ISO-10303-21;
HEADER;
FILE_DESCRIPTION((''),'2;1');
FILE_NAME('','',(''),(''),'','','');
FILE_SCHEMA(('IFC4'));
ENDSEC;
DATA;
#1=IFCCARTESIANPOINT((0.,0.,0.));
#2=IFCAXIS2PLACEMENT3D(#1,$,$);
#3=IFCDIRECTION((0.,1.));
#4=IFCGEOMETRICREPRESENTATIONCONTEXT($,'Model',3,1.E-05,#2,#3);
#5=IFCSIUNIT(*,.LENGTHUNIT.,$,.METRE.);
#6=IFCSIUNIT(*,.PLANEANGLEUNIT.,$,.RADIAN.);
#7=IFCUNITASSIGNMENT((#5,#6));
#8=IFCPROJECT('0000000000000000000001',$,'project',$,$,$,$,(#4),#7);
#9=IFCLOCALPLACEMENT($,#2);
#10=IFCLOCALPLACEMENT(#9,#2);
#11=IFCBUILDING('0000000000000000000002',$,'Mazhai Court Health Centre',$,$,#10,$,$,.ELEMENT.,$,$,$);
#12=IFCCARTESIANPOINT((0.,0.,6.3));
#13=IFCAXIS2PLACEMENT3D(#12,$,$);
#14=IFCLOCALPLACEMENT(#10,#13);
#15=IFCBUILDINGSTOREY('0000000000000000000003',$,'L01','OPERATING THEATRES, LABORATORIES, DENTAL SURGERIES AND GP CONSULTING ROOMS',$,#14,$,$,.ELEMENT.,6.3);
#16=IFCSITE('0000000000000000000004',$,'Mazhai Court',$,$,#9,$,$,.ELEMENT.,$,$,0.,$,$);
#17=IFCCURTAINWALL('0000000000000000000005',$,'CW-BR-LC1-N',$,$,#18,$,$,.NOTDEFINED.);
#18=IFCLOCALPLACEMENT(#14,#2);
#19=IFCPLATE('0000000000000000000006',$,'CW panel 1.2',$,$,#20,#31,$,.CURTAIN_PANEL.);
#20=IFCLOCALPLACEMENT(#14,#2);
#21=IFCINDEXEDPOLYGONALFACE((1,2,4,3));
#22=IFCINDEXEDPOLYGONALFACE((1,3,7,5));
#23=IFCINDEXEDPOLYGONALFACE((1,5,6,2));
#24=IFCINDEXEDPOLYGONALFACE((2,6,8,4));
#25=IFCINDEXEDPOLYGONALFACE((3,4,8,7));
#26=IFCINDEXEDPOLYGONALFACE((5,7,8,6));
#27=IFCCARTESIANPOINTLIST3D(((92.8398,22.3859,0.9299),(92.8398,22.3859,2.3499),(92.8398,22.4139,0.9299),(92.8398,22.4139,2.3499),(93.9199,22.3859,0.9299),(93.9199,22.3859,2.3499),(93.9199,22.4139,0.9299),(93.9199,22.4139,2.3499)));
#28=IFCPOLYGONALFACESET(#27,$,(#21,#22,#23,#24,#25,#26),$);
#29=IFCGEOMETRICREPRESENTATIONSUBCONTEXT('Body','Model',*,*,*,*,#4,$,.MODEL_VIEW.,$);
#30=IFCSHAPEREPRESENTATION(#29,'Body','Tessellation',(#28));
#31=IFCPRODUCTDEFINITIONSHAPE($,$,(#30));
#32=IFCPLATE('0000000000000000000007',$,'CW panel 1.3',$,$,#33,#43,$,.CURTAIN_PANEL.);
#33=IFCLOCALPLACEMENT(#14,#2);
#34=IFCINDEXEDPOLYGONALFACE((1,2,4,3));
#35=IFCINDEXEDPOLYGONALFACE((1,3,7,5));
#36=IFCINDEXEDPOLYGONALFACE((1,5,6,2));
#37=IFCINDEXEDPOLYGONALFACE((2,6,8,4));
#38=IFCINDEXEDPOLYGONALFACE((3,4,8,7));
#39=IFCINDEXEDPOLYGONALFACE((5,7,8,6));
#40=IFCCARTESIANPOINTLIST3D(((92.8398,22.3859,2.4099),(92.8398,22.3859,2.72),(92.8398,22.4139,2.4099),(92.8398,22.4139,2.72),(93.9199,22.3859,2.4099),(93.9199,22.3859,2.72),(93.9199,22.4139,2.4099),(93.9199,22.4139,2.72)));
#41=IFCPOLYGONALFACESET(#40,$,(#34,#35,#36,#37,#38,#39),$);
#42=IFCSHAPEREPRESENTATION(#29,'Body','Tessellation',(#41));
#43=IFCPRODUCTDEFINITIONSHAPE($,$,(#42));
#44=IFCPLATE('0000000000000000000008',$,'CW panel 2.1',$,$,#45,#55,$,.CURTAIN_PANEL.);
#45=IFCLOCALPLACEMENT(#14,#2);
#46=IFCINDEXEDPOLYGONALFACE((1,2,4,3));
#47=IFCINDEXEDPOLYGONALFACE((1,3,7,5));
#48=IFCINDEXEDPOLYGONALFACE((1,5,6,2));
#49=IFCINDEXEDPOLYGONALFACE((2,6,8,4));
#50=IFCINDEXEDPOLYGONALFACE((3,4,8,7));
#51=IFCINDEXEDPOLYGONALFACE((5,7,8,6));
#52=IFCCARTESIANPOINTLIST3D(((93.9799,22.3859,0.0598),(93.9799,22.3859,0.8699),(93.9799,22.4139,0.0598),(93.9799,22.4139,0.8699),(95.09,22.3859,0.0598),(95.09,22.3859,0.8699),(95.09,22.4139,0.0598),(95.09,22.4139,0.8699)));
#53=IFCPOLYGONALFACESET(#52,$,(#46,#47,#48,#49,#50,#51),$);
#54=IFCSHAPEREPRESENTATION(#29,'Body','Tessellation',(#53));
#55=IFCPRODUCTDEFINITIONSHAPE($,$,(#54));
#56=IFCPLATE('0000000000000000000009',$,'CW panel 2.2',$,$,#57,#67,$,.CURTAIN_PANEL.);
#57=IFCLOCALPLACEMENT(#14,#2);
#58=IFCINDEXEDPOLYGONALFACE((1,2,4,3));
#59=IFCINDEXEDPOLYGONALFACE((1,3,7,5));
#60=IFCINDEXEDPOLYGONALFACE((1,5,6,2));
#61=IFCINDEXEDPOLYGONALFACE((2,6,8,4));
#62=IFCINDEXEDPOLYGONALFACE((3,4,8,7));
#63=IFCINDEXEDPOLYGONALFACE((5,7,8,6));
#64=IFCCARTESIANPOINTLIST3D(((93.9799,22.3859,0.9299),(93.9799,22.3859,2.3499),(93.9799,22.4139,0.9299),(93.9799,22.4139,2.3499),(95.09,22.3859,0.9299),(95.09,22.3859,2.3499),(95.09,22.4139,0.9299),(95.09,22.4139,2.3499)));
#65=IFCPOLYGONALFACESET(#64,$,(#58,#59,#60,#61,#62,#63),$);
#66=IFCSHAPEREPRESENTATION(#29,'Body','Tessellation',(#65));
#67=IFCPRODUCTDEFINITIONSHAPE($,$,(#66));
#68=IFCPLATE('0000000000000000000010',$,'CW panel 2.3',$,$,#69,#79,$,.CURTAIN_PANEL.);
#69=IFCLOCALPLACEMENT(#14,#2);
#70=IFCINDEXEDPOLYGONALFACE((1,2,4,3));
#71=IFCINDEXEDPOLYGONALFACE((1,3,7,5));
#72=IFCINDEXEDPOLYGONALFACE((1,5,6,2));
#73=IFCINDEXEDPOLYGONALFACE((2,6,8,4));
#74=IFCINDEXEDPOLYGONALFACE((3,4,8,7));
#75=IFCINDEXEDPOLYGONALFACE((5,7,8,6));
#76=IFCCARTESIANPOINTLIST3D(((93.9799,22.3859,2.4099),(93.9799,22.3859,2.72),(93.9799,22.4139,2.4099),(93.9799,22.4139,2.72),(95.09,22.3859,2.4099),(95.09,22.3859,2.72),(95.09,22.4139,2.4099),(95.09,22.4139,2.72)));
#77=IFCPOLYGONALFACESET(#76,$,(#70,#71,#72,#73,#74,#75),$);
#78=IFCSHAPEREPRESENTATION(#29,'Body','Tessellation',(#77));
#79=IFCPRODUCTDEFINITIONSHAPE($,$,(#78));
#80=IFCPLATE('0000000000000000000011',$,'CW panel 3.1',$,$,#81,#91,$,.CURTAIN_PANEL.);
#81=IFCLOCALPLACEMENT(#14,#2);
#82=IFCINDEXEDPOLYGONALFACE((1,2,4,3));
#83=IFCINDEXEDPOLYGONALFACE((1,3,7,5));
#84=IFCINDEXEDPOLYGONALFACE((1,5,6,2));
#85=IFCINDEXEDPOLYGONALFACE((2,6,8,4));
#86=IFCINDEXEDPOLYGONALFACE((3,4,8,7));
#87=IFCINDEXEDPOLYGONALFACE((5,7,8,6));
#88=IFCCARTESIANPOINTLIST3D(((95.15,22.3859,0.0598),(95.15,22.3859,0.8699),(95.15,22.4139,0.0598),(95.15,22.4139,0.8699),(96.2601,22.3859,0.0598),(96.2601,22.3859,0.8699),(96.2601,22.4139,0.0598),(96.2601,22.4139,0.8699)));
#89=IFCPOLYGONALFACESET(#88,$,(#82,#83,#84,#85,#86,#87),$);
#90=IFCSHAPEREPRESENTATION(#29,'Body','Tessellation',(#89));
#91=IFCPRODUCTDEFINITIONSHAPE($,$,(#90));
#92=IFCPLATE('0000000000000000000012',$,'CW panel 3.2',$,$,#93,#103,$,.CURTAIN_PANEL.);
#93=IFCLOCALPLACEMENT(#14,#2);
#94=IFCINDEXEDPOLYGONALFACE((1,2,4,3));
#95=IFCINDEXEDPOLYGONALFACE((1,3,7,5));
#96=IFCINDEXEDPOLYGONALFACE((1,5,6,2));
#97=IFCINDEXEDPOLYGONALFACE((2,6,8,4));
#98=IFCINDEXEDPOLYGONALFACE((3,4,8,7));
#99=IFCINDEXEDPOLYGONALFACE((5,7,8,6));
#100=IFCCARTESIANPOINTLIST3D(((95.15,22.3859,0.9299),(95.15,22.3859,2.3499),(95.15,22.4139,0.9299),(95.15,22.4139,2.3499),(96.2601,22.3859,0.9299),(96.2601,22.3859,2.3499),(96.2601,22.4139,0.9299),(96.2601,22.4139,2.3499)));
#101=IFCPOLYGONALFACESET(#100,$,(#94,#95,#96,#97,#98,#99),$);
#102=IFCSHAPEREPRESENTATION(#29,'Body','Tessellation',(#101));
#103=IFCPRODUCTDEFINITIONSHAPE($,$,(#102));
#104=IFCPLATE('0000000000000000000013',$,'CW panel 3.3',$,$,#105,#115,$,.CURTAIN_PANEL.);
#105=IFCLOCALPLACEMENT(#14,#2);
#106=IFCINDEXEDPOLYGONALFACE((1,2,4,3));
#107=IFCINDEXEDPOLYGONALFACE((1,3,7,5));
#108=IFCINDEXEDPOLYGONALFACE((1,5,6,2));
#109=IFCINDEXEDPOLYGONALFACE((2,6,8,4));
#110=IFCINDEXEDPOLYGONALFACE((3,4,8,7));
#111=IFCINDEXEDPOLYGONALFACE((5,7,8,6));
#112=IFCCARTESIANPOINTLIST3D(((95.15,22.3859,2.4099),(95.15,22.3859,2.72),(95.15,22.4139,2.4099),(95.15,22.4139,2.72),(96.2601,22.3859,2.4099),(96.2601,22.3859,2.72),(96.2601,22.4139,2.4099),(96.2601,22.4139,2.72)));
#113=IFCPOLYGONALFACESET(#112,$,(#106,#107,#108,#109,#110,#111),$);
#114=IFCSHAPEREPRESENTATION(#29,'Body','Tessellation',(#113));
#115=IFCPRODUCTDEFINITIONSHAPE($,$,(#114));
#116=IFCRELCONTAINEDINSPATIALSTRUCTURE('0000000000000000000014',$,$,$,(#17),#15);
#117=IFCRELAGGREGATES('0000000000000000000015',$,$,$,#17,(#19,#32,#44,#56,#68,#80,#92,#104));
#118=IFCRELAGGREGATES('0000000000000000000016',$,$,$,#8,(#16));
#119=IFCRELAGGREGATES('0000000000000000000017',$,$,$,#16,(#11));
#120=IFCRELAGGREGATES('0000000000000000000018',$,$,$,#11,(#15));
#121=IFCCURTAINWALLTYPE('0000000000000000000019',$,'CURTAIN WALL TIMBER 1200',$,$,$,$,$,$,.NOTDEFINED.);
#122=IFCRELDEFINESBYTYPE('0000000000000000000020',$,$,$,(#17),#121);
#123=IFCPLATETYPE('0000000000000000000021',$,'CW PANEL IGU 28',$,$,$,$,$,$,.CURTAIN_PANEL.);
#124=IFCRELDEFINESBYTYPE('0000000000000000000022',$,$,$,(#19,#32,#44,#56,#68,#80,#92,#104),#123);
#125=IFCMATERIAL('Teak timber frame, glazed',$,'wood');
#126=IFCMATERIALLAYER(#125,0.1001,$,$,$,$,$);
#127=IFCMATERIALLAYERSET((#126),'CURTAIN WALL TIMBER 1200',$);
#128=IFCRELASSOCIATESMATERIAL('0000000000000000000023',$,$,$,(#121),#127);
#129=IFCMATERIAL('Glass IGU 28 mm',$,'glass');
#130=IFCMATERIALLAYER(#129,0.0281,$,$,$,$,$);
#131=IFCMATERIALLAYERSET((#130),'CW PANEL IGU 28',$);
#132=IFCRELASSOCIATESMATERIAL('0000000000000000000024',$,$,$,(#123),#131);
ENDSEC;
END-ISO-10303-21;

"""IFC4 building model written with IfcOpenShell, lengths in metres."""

from ifc_helpers import new_model, si_unit, direction, frame, origin, origin_2d, place, context, subcontext, project, spatial, rectangle, extrude, material, layer, layer_set, type_object, element, aggregate, save


model = new_model("IFC4")

# Units and contexts
model_context = context("Model", 3, precision=1e-05, world=origin(), true_north=direction((0.0, 1.0)))
body_context = subcontext(model_context, "Body", "Model", "MODEL_VIEW")
ifc_project = project(units=[si_unit("LENGTHUNIT", "METRE"), si_unit("PLANEANGLEUNIT", "RADIAN")], contexts=[model_context])

# Site, building, storey
site_placement = place(None, origin())
site = spatial("IfcSite", under=ifc_project, at=site_placement, Name="Mazhai Court", CompositionType="ELEMENT", RefElevation=0.0)
building_placement = place(site_placement, origin())
building = spatial("IfcBuilding", under=site, at=building_placement, Name="Mazhai Court Health Centre", CompositionType="ELEMENT")
storey_placement = place(building_placement, frame((0.0, 0.0, 6.3)))
storey = spatial("IfcBuildingStorey", under=building, at=storey_placement, Name="L01", Description="OPERATING THEATRES, LABORATORIES, DENTAL SURGERIES AND GP CONSULTING ROOMS", CompositionType="ELEMENT", Elevation=6.3)

# Curtain wall
ifc_material_1 = material(Name="Teak timber frame, glazed", Category="wood")
ifc_layer_1 = layer(ifc_material_1, 0.1001)
ifc_layer_set_1 = layer_set([ifc_layer_1], Name="CURTAIN WALL TIMBER 1200")
curtain_wall_type = type_object("IfcCurtainWallType", Name="CURTAIN WALL TIMBER 1200", PredefinedType="NOTDEFINED", material=ifc_layer_set_1)
curtain_wall_placement = place(storey_placement, origin())
curtain_wall = element("IfcCurtainWall", 1, at=curtain_wall_placement, inside=storey, type_object=curtain_wall_type, Name="CW-BR-LC1-N", PredefinedType="NOTDEFINED")

# Plates
ifc_material_2 = material(Name="Glass IGU 28 mm", Category="glass")
ifc_layer_2 = layer(ifc_material_2, 0.0281)
ifc_layer_set_2 = layer_set([ifc_layer_2], Name="CW PANEL IGU 28")
plate_type = type_object("IfcPlateType", Name="CW PANEL IGU 28", PredefinedType="CURTAIN_PANEL", material=ifc_layer_set_2)
plate_1_placement = place(storey_placement, frame((93.3799, 22.3999, 0.9299), z_axis=(0.0, 0.0, 1.0), x_axis=(1.0, 0.0, 0.0)))
plate_1 = element("IfcPlate", 2, at=plate_1_placement, type_object=plate_type, Name="CW panel 1.2", PredefinedType="CURTAIN_PANEL", context=body_context, shape_type="SweptSolid", body=[
    extrude(rectangle(XDim=1.0801, YDim=0.0281, at=origin_2d()), origin(), (0.0, 0.0, 1.0), 1.4199),
])
plate_2_placement = place(storey_placement, frame((93.3799, 22.3999, 2.4099), z_axis=(0.0, 0.0, 1.0), x_axis=(1.0, 0.0, 0.0)))
plate_2 = element("IfcPlate", 3, at=plate_2_placement, type_object=plate_type, Name="CW panel 1.3", PredefinedType="CURTAIN_PANEL", context=body_context, shape_type="SweptSolid", body=[
    extrude(rectangle(XDim=1.0801, YDim=0.0281, at=origin_2d()), origin(), (0.0, 0.0, 1.0), 0.3101),
])
plate_3_placement = place(storey_placement, frame((94.5349, 22.3999, 0.0598), z_axis=(0.0, 0.0, 1.0), x_axis=(1.0, 0.0, 0.0)))
plate_3 = element("IfcPlate", 4, at=plate_3_placement, type_object=plate_type, Name="CW panel 2.1", PredefinedType="CURTAIN_PANEL", context=body_context, shape_type="SweptSolid", body=[
    extrude(rectangle(XDim=1.1101, YDim=0.0281, at=origin_2d()), origin(), (0.0, 0.0, 1.0), 0.8101),
])
plate_4_placement = place(storey_placement, frame((94.5349, 22.3999, 0.9299), z_axis=(0.0, 0.0, 1.0), x_axis=(1.0, 0.0, 0.0)))
plate_4 = element("IfcPlate", 5, at=plate_4_placement, type_object=plate_type, Name="CW panel 2.2", PredefinedType="CURTAIN_PANEL", context=body_context, shape_type="SweptSolid", body=[
    extrude(rectangle(XDim=1.1101, YDim=0.0281, at=origin_2d()), origin(), (0.0, 0.0, 1.0), 1.4199),
])
plate_5_placement = place(storey_placement, frame((94.5349, 22.3999, 2.4099), z_axis=(0.0, 0.0, 1.0), x_axis=(1.0, 0.0, 0.0)))
plate_5 = element("IfcPlate", 6, at=plate_5_placement, type_object=plate_type, Name="CW panel 2.3", PredefinedType="CURTAIN_PANEL", context=body_context, shape_type="SweptSolid", body=[
    extrude(rectangle(XDim=1.1101, YDim=0.0281, at=origin_2d()), origin(), (0.0, 0.0, 1.0), 0.3101),
])
plate_6_placement = place(storey_placement, frame((95.7051, 22.3999, 0.0598), z_axis=(0.0, 0.0, 1.0), x_axis=(1.0, 0.0, 0.0)))
plate_6 = element("IfcPlate", 7, at=plate_6_placement, type_object=plate_type, Name="CW panel 3.1", PredefinedType="CURTAIN_PANEL", context=body_context, shape_type="SweptSolid", body=[
    extrude(rectangle(XDim=1.1101, YDim=0.0281, at=origin_2d()), origin(), (0.0, 0.0, 1.0), 0.8101),
])
plate_7_placement = place(storey_placement, frame((95.7051, 22.3999, 0.9299), z_axis=(0.0, 0.0, 1.0), x_axis=(1.0, 0.0, 0.0)))
plate_7 = element("IfcPlate", 8, at=plate_7_placement, type_object=plate_type, Name="CW panel 3.2", PredefinedType="CURTAIN_PANEL", context=body_context, shape_type="SweptSolid", body=[
    extrude(rectangle(XDim=1.1101, YDim=0.0281, at=origin_2d()), origin(), (0.0, 0.0, 1.0), 1.4199),
])
plate_8_placement = place(storey_placement, frame((95.7051, 22.3999, 2.4099), z_axis=(0.0, 0.0, 1.0), x_axis=(1.0, 0.0, 0.0)))
plate_8 = element("IfcPlate", 9, at=plate_8_placement, type_object=plate_type, Name="CW panel 3.3", PredefinedType="CURTAIN_PANEL", context=body_context, shape_type="SweptSolid", body=[
    extrude(rectangle(XDim=1.1101, YDim=0.0281, at=origin_2d()), origin(), (0.0, 0.0, 1.0), 0.3101),
])
aggregate(curtain_wall, [plate_1, plate_2, plate_3, plate_4, plate_5, plate_6, plate_7, plate_8])

save(model, "model.ifc")
